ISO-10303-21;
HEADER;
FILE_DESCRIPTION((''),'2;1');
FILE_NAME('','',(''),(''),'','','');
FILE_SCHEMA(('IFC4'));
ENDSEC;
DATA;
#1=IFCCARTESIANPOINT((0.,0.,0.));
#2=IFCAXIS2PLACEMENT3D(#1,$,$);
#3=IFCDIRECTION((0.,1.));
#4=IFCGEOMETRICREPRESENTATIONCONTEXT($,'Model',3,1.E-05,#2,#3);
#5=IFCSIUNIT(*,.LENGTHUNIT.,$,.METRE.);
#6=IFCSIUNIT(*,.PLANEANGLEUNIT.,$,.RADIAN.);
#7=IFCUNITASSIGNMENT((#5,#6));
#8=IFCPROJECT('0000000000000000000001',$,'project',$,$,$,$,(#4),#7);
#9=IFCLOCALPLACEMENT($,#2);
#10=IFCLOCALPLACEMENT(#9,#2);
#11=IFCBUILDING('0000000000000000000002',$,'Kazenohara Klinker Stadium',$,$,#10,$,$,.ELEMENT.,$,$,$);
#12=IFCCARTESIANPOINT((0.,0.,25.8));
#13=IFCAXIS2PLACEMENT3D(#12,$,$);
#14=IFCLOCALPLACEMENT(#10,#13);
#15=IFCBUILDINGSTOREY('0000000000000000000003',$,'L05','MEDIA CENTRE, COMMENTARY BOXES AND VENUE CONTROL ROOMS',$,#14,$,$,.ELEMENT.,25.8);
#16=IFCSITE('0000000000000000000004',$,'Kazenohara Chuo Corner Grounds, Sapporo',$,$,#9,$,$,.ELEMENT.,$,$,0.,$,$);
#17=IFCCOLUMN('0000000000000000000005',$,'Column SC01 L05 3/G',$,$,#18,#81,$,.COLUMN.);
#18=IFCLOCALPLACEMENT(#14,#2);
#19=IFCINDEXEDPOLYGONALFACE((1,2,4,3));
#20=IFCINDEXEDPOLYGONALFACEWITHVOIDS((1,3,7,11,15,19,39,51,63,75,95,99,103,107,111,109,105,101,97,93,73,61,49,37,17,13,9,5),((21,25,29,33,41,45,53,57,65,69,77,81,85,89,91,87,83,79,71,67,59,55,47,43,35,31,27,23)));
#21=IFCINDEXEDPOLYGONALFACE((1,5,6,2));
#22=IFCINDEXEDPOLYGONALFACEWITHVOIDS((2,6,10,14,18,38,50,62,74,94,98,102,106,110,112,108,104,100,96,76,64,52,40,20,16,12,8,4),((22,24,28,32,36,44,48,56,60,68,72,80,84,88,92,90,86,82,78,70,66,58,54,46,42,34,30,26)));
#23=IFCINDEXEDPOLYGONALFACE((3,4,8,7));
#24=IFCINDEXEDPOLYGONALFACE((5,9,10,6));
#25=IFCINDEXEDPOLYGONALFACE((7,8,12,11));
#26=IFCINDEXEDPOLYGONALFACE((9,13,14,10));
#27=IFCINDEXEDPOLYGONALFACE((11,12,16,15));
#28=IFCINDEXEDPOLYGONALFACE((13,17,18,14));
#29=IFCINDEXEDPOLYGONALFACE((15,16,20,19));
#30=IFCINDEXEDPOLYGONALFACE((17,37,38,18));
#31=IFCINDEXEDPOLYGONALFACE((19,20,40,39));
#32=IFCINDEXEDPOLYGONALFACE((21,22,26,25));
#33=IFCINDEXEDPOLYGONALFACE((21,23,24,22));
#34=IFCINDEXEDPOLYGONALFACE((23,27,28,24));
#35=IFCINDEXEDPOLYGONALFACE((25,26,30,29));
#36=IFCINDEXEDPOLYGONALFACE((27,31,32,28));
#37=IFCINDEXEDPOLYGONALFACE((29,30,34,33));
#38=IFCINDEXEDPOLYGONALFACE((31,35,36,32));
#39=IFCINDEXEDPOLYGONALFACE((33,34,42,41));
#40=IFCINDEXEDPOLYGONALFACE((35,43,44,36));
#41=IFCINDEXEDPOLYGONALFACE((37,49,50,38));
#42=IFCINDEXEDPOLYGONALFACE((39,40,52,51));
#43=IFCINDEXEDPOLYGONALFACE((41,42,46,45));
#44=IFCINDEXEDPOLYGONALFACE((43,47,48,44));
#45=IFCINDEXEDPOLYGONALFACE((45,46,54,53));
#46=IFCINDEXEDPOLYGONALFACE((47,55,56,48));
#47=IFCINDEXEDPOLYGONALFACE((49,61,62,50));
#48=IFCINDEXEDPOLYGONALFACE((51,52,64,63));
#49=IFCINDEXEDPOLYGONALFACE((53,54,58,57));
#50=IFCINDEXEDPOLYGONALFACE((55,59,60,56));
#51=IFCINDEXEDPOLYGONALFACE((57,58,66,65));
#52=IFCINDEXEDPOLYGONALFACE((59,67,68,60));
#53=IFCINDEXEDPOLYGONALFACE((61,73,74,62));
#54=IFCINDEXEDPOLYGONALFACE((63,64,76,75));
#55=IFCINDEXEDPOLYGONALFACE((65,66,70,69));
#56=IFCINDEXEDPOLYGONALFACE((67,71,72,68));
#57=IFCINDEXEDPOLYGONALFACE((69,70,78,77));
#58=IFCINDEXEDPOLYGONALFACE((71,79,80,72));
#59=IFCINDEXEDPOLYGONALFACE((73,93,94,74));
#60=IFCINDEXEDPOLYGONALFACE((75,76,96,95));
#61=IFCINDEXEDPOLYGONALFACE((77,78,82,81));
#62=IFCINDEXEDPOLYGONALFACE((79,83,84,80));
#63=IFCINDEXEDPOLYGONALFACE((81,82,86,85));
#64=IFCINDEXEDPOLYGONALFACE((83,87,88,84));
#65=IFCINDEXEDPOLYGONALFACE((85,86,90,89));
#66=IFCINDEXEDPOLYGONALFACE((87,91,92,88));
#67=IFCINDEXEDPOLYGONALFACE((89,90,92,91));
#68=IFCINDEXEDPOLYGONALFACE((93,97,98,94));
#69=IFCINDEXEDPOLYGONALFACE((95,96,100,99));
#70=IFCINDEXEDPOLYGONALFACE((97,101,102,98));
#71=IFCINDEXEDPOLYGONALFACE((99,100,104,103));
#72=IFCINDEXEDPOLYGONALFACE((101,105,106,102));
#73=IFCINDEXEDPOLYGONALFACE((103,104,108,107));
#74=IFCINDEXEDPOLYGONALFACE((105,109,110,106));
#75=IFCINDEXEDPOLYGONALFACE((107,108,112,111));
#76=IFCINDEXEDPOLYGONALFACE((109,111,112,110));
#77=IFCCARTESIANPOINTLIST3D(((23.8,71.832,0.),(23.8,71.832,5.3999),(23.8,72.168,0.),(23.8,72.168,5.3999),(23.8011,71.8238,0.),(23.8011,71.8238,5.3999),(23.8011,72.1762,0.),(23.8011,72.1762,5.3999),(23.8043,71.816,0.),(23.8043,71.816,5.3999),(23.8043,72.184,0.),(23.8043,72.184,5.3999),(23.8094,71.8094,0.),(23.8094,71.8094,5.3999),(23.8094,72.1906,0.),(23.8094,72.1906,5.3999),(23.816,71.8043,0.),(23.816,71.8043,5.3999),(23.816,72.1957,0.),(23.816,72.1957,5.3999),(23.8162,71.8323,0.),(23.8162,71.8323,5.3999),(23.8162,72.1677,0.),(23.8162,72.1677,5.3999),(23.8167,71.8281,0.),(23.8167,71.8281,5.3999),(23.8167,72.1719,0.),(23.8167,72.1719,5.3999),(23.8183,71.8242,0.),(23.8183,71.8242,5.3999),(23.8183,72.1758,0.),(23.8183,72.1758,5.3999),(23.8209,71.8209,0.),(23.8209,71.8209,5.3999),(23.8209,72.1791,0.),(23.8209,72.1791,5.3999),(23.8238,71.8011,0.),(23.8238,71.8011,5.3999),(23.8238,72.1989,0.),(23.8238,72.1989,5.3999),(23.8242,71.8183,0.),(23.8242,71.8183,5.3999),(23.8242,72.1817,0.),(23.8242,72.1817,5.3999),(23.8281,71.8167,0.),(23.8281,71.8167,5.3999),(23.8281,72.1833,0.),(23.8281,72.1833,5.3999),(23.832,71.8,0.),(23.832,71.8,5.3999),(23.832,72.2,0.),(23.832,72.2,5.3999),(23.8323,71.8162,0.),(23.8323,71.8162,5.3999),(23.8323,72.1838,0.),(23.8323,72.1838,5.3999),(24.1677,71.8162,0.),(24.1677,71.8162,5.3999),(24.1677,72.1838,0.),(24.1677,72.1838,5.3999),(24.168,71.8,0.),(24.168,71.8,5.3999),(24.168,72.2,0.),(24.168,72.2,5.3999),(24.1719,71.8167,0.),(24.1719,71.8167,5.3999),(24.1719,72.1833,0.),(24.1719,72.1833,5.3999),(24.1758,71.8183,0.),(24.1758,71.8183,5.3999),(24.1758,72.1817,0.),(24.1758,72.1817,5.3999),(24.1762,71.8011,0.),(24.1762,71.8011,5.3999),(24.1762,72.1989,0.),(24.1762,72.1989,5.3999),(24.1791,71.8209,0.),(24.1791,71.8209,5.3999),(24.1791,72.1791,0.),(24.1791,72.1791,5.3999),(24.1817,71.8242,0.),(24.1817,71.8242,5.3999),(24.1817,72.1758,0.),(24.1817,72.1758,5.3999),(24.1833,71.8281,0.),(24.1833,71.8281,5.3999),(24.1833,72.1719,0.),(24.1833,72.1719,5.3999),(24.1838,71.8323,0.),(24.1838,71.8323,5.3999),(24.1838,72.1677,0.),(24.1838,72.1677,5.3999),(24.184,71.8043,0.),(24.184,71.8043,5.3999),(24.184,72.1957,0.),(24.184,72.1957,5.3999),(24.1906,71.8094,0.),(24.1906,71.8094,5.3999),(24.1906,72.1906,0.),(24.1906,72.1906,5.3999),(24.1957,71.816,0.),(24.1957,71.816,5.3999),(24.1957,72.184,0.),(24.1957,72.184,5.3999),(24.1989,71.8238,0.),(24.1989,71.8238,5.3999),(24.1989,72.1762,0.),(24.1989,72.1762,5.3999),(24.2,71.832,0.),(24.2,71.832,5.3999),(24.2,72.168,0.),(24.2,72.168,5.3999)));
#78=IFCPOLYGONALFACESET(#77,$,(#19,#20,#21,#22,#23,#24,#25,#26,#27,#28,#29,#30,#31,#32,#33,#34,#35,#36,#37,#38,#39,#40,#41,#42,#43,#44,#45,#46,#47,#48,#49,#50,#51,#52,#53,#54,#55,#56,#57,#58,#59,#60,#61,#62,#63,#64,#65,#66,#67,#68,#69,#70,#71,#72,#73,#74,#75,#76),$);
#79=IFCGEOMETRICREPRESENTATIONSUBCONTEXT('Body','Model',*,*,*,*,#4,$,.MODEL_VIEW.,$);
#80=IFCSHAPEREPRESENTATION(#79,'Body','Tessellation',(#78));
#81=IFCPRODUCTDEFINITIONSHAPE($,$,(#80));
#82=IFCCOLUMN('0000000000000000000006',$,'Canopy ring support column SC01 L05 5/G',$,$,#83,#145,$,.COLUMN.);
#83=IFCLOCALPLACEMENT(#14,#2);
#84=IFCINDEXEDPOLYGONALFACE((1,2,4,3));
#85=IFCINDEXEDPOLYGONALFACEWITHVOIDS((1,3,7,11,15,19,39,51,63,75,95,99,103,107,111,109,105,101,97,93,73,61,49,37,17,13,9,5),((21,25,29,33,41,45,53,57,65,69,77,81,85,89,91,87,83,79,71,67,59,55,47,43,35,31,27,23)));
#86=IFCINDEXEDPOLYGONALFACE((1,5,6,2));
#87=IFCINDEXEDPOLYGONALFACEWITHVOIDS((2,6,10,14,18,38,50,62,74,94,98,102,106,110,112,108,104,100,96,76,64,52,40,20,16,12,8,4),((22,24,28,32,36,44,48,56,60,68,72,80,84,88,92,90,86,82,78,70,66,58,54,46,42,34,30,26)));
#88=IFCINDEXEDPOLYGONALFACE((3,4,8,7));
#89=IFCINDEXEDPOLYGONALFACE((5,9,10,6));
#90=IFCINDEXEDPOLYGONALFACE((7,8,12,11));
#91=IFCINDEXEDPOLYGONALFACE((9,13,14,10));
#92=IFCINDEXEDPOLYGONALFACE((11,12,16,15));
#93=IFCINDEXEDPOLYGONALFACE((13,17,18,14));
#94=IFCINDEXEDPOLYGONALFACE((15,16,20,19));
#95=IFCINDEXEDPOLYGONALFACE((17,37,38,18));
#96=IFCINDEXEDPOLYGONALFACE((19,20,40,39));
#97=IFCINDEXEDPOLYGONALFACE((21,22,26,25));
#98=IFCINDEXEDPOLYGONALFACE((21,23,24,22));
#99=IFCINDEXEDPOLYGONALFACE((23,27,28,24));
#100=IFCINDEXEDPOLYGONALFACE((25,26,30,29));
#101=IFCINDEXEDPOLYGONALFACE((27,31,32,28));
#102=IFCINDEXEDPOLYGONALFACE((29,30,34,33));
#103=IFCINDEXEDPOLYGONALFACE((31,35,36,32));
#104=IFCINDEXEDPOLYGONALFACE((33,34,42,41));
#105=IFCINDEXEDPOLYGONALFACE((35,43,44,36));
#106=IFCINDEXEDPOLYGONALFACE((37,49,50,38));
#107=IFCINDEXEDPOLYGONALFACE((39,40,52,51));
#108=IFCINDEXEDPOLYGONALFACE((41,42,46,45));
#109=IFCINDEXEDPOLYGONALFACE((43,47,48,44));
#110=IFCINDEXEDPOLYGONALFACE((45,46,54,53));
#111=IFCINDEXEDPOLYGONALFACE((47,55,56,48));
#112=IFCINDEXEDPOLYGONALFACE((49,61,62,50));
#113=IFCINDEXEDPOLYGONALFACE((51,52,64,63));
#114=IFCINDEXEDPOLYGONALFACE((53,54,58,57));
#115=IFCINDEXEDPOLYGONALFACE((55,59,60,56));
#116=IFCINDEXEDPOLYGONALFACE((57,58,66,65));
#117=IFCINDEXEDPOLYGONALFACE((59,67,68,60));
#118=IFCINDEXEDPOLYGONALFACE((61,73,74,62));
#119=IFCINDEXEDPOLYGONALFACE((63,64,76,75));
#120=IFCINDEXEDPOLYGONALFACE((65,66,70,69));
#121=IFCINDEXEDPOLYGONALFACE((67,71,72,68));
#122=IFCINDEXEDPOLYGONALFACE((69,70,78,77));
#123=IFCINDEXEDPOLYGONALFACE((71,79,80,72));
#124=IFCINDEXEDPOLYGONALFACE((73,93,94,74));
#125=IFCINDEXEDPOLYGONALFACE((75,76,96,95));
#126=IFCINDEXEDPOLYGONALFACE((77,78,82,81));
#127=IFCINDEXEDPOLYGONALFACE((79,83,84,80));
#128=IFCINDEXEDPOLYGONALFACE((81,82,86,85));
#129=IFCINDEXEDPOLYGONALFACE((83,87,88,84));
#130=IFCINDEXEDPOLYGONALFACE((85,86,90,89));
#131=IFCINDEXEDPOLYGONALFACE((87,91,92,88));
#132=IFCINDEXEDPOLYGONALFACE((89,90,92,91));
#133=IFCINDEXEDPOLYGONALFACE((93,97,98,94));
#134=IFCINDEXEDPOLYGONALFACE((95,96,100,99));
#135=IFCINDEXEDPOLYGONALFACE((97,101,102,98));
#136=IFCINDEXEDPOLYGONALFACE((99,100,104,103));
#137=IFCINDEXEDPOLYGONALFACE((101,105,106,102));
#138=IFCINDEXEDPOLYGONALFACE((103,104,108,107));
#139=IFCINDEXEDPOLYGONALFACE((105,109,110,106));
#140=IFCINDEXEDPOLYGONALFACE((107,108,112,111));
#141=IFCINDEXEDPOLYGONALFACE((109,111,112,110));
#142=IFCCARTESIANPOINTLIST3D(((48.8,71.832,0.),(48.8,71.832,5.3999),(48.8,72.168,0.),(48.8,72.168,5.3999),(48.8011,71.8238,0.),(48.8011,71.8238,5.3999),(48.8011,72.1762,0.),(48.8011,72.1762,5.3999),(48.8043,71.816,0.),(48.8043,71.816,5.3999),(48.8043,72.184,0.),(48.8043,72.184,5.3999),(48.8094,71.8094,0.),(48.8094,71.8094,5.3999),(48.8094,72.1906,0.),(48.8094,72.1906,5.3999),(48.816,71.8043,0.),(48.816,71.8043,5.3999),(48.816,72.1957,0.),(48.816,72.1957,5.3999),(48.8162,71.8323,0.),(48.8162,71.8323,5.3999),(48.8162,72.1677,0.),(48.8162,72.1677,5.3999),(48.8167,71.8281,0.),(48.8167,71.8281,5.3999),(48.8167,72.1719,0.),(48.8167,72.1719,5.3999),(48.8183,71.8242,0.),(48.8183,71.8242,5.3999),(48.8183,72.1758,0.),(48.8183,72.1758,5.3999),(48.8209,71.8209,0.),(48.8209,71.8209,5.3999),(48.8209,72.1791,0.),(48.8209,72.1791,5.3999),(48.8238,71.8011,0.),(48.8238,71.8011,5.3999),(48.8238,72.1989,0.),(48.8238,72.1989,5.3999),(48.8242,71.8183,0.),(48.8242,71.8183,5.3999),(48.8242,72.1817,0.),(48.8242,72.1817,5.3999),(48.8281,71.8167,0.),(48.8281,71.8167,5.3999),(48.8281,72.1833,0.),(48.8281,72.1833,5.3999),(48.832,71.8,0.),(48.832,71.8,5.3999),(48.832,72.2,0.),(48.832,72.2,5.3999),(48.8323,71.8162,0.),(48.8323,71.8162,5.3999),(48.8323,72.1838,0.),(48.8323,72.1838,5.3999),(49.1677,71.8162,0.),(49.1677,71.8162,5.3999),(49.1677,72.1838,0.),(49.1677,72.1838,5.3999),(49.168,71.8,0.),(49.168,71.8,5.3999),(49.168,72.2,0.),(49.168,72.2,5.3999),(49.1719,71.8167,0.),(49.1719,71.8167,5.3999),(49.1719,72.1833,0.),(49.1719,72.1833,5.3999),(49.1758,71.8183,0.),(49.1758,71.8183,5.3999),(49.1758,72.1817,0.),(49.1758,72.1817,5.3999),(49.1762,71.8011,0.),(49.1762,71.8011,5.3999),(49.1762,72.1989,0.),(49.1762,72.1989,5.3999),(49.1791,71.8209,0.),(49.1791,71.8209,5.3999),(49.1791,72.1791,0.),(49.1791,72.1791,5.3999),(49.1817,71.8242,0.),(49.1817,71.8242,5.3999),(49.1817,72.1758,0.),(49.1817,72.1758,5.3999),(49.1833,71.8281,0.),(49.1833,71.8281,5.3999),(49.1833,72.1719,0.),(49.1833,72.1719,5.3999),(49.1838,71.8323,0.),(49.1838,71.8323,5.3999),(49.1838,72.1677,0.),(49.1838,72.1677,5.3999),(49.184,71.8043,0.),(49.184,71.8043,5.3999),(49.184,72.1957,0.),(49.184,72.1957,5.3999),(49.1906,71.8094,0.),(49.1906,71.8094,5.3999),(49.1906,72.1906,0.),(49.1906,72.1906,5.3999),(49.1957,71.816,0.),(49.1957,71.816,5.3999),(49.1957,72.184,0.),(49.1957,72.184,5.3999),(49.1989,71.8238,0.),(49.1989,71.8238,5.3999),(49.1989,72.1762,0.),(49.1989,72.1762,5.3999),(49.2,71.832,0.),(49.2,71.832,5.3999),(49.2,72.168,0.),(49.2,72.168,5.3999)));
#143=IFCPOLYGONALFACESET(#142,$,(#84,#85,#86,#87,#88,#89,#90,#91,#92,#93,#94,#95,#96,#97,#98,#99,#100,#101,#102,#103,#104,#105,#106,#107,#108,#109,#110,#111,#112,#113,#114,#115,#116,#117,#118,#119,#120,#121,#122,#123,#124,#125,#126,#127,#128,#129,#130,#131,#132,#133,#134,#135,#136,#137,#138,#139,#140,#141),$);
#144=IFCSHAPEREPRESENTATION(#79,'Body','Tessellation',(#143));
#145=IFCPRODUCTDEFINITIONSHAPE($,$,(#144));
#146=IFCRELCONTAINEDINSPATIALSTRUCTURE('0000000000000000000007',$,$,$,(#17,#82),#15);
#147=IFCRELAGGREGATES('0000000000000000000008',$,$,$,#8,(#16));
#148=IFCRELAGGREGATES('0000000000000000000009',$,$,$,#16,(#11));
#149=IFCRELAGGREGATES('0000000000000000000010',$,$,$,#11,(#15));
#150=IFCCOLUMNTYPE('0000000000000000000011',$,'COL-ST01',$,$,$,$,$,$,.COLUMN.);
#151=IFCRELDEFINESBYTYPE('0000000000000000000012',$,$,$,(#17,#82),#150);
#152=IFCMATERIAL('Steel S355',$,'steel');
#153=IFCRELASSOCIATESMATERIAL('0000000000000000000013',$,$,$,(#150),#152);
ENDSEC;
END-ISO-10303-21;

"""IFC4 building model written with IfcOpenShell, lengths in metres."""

from ifc_helpers import new_model, si_unit, direction, frame, origin, origin_2d, place, context, subcontext, project, spatial, hollow_rectangle, extrude, material, material_profile, profile_set, type_object, element, save


model = new_model("IFC4")

# Units and contexts
model_context = context("Model", 3, precision=1e-05, world=origin(), true_north=direction((0.0, 1.0)))
body_context = subcontext(model_context, "Body", "Model", "MODEL_VIEW")
ifc_project = project(units=[si_unit("LENGTHUNIT", "METRE"), si_unit("PLANEANGLEUNIT", "RADIAN")], contexts=[model_context])

# Site, building, storey
site_placement = place(None, origin())
site = spatial("IfcSite", under=ifc_project, at=site_placement, Name="Kazenohara Chuo Corner Grounds, Sapporo", CompositionType="ELEMENT", RefElevation=0.0)
building_placement = place(site_placement, origin())
building = spatial("IfcBuilding", under=site, at=building_placement, Name="Kazenohara Klinker Stadium", CompositionType="ELEMENT")
storey_placement = place(building_placement, frame((0.0, 0.0, 25.8)))
storey = spatial("IfcBuildingStorey", under=building, at=storey_placement, Name="L05", Description="MEDIA CENTRE, COMMENTARY BOXES AND VENUE CONTROL ROOMS", CompositionType="ELEMENT", Elevation=25.8)

# Columns
ifc_material_1 = material(Name="Steel S355", Category="steel")
ifc_material_profile_1 = material_profile(ifc_material_1, hollow_rectangle(XDim=0.3999, YDim=0.3999, WallThickness=0.0161, InnerFilletRadius=0.0161, OuterFilletRadius=0.032, at=origin_2d()), Name="SHS-400x400x16")
ifc_profile_set_1 = profile_set([ifc_material_profile_1], Name="Steel S355")
column_type_1 = type_object("IfcColumnType", Name="COL-ST01", PredefinedType="COLUMN", material=ifc_profile_set_1)
for number, where, z_axis, x_axis, name in (
    (1, (24.0, 72.0, 0.0), (0.0, 0.0, 1.0), (1.0, 0.0, 0.0), "Column SC01 L05 3/G"),
    (2, (49.0, 72.0, 0.0), (0.0, 0.0, 1.0), (1.0, 0.0, 0.0), "Canopy ring support column SC01 L05 5/G"),
):
    element("IfcColumn", number, at=place(storey_placement, frame(where, z_axis=z_axis, x_axis=x_axis)), inside=storey, type_object=column_type_1, Name=name, PredefinedType="COLUMN", context=body_context, shape_type="SweptSolid", body=[
        extrude(hollow_rectangle(XDim=0.3999, YDim=0.3999, WallThickness=0.0161, InnerFilletRadius=0.0161, OuterFilletRadius=0.032, at=origin_2d()), origin(), (0.0, 0.0, 1.0), 5.3999),
    ])

save(model, "model.ifc")
